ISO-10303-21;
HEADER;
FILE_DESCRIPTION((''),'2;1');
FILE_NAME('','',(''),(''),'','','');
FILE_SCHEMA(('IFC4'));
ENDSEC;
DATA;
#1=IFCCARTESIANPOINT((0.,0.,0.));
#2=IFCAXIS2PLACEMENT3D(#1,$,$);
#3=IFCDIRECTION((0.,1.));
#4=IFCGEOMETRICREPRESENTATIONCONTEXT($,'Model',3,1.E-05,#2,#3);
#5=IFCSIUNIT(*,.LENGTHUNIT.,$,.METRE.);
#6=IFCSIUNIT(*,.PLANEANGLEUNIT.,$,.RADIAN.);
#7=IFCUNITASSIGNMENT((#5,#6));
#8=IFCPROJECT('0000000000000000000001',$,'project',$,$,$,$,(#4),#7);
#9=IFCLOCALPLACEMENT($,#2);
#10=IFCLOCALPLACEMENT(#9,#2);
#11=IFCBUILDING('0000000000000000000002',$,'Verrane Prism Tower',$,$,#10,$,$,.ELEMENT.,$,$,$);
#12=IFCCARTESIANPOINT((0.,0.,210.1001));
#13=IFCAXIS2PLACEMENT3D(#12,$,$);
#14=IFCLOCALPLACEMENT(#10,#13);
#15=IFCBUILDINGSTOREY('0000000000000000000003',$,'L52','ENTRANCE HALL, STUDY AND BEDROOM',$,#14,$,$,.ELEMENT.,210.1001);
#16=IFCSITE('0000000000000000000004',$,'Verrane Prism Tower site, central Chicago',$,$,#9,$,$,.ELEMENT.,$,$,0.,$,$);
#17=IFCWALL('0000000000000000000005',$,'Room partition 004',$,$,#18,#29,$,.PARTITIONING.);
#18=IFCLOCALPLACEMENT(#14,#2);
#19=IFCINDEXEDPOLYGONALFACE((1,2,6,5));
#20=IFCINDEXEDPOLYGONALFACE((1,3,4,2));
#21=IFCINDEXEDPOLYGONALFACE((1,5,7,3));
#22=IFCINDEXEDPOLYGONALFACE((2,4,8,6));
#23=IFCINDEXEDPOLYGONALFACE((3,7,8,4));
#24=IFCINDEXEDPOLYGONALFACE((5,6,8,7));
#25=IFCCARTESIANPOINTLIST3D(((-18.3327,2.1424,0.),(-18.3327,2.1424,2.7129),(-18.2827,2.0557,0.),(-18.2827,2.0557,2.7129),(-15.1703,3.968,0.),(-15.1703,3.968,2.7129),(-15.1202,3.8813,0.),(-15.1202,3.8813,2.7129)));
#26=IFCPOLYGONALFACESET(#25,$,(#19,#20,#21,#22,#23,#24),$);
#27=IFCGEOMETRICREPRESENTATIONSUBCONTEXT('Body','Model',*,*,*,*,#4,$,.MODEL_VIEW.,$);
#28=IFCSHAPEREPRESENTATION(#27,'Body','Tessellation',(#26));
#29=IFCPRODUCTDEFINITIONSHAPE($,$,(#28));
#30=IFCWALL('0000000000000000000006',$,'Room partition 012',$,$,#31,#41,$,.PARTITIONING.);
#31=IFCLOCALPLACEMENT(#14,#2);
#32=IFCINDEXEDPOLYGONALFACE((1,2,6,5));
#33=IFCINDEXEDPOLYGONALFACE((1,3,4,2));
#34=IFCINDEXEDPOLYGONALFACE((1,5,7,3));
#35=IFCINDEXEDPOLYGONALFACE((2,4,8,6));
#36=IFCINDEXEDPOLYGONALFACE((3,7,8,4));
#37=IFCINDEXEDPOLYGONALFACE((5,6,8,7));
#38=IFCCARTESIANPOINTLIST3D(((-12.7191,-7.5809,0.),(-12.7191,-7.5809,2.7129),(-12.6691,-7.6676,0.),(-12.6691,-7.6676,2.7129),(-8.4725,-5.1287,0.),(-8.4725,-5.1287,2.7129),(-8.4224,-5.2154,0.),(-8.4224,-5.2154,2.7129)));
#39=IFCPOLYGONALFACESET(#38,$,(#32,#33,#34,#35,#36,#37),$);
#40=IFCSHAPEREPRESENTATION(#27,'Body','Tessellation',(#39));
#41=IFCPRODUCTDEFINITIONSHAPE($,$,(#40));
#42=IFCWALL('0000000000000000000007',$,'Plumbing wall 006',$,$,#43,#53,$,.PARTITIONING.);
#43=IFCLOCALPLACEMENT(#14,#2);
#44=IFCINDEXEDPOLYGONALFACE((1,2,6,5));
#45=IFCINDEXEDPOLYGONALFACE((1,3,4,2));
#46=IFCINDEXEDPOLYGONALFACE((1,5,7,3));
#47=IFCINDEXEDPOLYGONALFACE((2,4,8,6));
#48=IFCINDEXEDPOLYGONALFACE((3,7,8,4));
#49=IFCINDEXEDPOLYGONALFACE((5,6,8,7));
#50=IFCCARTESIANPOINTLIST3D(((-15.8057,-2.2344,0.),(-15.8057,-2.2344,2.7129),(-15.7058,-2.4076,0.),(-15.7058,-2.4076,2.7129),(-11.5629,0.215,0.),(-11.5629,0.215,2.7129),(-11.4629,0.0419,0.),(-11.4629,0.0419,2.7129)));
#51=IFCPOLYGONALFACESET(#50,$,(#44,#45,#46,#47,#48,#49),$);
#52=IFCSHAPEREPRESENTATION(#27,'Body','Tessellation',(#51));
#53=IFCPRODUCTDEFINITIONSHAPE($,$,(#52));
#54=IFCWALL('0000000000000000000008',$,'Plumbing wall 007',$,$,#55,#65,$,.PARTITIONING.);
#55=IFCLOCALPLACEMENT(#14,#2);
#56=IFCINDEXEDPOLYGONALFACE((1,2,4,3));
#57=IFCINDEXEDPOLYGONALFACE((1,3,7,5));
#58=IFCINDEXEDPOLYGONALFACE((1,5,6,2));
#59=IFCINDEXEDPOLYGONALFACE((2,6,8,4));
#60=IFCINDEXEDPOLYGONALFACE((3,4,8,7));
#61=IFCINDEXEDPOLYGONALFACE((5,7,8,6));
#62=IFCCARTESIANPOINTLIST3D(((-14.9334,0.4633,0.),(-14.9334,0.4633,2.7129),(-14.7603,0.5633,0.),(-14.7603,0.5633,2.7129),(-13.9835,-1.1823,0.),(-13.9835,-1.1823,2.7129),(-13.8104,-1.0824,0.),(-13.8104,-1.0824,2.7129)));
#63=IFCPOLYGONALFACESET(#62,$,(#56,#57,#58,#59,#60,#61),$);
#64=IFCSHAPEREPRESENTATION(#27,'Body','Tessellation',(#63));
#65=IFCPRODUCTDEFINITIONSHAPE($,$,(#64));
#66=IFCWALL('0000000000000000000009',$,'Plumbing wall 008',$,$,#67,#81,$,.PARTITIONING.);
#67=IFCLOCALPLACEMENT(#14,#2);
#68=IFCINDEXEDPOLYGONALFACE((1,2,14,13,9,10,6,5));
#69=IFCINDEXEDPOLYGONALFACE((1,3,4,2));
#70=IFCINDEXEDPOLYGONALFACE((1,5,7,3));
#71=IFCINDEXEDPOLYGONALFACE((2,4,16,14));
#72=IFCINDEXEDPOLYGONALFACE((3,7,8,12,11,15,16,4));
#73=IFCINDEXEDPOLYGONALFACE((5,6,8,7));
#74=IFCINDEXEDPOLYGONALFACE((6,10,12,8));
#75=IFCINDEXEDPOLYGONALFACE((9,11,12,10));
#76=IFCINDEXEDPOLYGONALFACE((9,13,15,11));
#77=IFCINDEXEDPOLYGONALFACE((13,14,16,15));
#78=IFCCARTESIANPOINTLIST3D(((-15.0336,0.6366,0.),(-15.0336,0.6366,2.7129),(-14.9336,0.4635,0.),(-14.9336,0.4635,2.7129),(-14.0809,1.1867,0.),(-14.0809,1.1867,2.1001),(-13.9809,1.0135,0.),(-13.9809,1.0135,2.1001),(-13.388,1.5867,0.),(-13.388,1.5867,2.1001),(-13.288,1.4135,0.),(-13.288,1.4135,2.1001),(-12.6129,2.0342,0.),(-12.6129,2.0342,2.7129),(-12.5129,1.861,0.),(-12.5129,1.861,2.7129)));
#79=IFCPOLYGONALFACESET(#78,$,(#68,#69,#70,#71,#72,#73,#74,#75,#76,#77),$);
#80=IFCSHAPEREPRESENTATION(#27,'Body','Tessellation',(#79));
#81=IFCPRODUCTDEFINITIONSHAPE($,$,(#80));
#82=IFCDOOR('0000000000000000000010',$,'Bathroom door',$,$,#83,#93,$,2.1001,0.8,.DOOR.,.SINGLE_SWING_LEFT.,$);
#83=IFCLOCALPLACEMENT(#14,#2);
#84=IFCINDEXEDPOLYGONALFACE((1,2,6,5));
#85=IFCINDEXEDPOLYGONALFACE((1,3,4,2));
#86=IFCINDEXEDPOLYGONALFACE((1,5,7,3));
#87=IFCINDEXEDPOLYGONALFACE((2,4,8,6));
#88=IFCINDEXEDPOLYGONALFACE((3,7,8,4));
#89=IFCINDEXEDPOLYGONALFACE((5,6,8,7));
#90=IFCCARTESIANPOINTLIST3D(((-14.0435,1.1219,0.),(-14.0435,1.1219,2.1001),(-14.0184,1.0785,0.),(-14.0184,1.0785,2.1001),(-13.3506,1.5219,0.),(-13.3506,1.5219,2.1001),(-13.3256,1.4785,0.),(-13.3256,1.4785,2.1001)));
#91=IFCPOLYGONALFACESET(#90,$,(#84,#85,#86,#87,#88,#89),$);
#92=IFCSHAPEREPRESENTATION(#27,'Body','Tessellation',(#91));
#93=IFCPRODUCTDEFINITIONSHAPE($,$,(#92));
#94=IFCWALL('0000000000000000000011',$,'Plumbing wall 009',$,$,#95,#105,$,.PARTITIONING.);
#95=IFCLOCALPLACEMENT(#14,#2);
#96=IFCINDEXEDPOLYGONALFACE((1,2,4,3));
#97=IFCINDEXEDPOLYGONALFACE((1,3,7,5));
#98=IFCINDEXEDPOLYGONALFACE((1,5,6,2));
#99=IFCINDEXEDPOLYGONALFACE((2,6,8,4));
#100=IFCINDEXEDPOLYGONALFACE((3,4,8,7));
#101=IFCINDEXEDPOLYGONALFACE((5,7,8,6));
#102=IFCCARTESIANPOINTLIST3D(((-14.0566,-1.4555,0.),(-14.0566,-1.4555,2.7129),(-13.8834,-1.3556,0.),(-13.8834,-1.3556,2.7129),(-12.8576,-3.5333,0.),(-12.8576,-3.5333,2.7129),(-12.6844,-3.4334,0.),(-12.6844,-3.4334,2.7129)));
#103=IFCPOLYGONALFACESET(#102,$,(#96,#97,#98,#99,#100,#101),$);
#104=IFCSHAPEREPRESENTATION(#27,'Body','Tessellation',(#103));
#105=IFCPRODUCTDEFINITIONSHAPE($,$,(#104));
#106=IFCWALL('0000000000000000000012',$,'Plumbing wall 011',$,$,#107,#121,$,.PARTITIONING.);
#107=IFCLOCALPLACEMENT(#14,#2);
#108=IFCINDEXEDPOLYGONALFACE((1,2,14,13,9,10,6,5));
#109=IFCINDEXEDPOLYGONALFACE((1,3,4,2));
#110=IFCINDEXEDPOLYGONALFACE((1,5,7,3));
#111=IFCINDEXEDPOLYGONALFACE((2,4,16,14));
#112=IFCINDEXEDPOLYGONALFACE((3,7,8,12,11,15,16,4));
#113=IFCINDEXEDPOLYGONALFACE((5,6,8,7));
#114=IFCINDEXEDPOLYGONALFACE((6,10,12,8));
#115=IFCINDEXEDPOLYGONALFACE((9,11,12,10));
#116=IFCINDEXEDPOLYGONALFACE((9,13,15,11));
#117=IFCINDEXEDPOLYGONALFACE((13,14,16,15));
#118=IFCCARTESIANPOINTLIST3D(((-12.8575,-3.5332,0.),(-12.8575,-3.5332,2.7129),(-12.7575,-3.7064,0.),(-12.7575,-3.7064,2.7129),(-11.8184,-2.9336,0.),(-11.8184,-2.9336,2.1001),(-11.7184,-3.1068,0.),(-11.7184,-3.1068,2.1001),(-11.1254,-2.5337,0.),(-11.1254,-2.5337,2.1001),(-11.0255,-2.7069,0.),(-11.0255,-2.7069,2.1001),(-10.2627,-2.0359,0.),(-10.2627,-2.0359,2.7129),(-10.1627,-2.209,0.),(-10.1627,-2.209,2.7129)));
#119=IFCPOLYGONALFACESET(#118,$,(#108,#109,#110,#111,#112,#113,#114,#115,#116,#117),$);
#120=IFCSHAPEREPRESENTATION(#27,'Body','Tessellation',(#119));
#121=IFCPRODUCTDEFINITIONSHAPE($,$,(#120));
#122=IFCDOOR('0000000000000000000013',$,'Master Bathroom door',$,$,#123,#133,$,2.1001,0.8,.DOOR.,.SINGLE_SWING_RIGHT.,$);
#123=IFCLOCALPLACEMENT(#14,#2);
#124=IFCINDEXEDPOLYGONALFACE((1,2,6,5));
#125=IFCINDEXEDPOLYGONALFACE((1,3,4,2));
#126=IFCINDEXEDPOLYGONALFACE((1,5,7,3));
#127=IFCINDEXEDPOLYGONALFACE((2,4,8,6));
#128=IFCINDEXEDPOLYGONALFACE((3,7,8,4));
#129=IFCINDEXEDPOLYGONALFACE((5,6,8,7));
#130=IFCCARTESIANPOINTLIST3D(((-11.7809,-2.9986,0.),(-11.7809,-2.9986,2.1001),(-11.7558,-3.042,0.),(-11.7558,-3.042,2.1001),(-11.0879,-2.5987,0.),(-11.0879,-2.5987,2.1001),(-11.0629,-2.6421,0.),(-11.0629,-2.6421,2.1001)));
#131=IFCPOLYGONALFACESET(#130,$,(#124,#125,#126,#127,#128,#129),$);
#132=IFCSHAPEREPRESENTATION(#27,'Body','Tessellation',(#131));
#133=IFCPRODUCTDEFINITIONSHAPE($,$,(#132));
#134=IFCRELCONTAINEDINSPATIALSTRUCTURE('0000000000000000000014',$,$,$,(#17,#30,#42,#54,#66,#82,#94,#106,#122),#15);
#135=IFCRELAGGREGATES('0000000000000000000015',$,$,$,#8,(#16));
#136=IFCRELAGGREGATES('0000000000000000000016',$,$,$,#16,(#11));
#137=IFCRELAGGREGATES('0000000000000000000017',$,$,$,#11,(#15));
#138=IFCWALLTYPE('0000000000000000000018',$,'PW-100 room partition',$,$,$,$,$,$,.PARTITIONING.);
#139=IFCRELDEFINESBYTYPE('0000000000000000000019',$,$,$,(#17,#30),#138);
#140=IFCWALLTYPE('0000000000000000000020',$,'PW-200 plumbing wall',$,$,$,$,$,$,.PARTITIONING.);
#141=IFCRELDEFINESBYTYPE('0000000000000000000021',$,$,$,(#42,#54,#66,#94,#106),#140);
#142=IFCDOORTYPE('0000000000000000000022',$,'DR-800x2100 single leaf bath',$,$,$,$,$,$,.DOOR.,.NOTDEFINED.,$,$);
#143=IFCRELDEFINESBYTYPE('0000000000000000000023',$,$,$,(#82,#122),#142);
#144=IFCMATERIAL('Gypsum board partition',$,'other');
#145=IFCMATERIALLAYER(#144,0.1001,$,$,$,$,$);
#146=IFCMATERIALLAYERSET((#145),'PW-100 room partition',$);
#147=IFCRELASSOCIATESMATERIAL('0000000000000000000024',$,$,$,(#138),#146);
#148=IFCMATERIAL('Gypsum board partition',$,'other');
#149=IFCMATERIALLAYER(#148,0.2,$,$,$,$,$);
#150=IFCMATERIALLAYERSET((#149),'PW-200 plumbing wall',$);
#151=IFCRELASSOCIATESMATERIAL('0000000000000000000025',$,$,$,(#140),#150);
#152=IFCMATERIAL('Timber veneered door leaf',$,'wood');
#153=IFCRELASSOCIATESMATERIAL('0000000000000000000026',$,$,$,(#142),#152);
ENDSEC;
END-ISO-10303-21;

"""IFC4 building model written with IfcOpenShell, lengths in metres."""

from ifc_helpers import new_model, si_unit, direction, frame, frame_2d, origin, place, context, subcontext, project, spatial, rectangle, extrude, material, layer, layer_set, type_object, element, fill, save


model = new_model("IFC4")

# Units and contexts
model_context = context("Model", 3, precision=1e-05, world=origin(), true_north=direction((0.0, 1.0)))
body_context = subcontext(model_context, "Body", "Model", "MODEL_VIEW")
ifc_project = project(units=[si_unit("LENGTHUNIT", "METRE"), si_unit("PLANEANGLEUNIT", "RADIAN")], contexts=[model_context])

# Site, building, storey
site_placement = place(None, origin())
site = spatial("IfcSite", under=ifc_project, at=site_placement, Name="Verrane Prism Tower site, central Chicago", CompositionType="ELEMENT", RefElevation=0.0)
building_placement = place(site_placement, origin())
building = spatial("IfcBuilding", under=site, at=building_placement, Name="Verrane Prism Tower", CompositionType="ELEMENT")
storey_placement = place(building_placement, frame((0.0, 0.0, 210.1001)))
storey = spatial("IfcBuildingStorey", under=building, at=storey_placement, Name="L52", Description="ENTRANCE HALL, STUDY AND BEDROOM", CompositionType="ELEMENT", Elevation=210.1001)

# Walls
ifc_material_1 = material(Name="Gypsum board partition", Category="other")
ifc_layer_1 = layer(ifc_material_1, 0.1001)
ifc_layer_set_1 = layer_set([ifc_layer_1], Name="PW-100 room partition")
wall_type_1 = type_object("IfcWallType", Name="PW-100 room partition", PredefinedType="PARTITIONING", material=ifc_layer_set_1)
wall_1_placement = place(storey_placement, frame((-18.3076, 2.0991, 0.0), z_axis=(0.0, 0.0, 1.0), x_axis=(0.866054, 0.49995, 0.0)))
element("IfcWall", 1, at=wall_1_placement, inside=storey, type_object=wall_type_1, Name="Room partition 004", PredefinedType="PARTITIONING", context=body_context, shape_type="SweptSolid", body=[
    extrude(rectangle(XDim=3.6516, YDim=0.1001, at=frame_2d((1.8257, 0.0))), origin(), (0.0, 0.0, 1.0), 2.7129),
])
wall_2_placement = place(storey_placement, frame((-12.6941, -7.6243, 0.0), z_axis=(0.0, 0.0, 1.0), x_axis=(0.865992, 0.500059, 0.0)))
element("IfcWall", 2, at=wall_2_placement, inside=storey, type_object=wall_type_1, Name="Room partition 012", PredefinedType="PARTITIONING", context=body_context, shape_type="SweptSolid", body=[
    extrude(rectangle(XDim=4.9038, YDim=0.1001, at=frame_2d((2.4519, 0.0))), origin(), (0.0, 0.0, 1.0), 2.7129),
])
ifc_material_2 = material(Name="Gypsum board partition", Category="other")
ifc_layer_2 = layer(ifc_material_2, 0.2)
ifc_layer_set_2 = layer_set([ifc_layer_2], Name="PW-200 plumbing wall")
wall_type_2 = type_object("IfcWallType", Name="PW-200 plumbing wall", PredefinedType="PARTITIONING", material=ifc_layer_set_2)
wall_3_placement = place(storey_placement, frame((-15.7559, -2.321, 0.0), z_axis=(0.0, 0.0, 1.0), x_axis=(0.866042, 0.499971, 0.0)))
element("IfcWall", 3, at=wall_3_placement, inside=storey, type_object=wall_type_2, Name="Plumbing wall 006", PredefinedType="PARTITIONING", context=body_context, shape_type="SweptSolid", body=[
    extrude(rectangle(XDim=4.8992, YDim=0.2, at=frame_2d((2.4497, 0.0))), origin(), (0.0, 0.0, 1.0), 2.7129),
])
wall_4_placement = place(storey_placement, frame((-14.8469, 0.5134, 0.0), z_axis=(0.0, 0.0, 1.0), x_axis=(0.499912, -0.866076, 0.0)))
element("IfcWall", 4, at=wall_4_placement, inside=storey, type_object=wall_type_2, Name="Plumbing wall 007", PredefinedType="PARTITIONING", context=body_context, shape_type="SweptSolid", body=[
    extrude(rectangle(XDim=1.9001, YDim=0.2, at=frame_2d((0.9502, 0.0))), origin(), (0.0, 0.0, 1.0), 2.7129),
])

# Wall, opening, door
wall_5_placement = place(storey_placement, frame((-12.563, 1.9475, 0.0), z_axis=(0.0, 0.0, 1.0), x_axis=(-0.866042, -0.499972, 0.0)))
wall_5 = element("IfcWall", 5, at=wall_5_placement, inside=storey, type_object=wall_type_2, Name="Plumbing wall 008", PredefinedType="PARTITIONING", context=body_context, shape_type="SweptSolid", body=[
    extrude(rectangle(XDim=2.7952, YDim=0.2, at=frame_2d((1.3975, 0.0))), origin(), (0.0, 0.0, 1.0), 2.7129),
])
opening_1_placement = place(wall_5_placement, frame((0.895, 0.0, 0.0)))
opening_1 = element("IfcOpeningElement", 6, at=opening_1_placement, cuts=wall_5, PredefinedType="OPENING", context=body_context, shape_type="SweptSolid", body=[
    extrude(rectangle(XDim=0.8, YDim=2.1001, at=frame_2d((0.3999, 1.05))), frame((0.0, 0.1099, 0.0), z_axis=(0.0, -1.0, 0.0), x_axis=(1.0, 0.0, 0.0)), (0.0, 0.0, 1.0), 0.22),
])
ifc_material_3 = material(Name="Timber veneered door leaf", Category="wood")
door_type = type_object("IfcDoorType", Name="DR-800x2100 single leaf bath", OperationType="NOTDEFINED", PredefinedType="DOOR", material=ifc_material_3)
door_1_placement = place(opening_1_placement, origin())
door_1 = element("IfcDoor", 7, at=door_1_placement, inside=storey, type_object=door_type, Name="Bathroom door", OperationType="SINGLE_SWING_LEFT", OverallHeight=2.1001, OverallWidth=0.8, PredefinedType="DOOR", context=body_context, shape_type="SweptSolid", body=[
    extrude(rectangle(XDim=0.8, YDim=2.1001, at=frame_2d((0.3999, 1.05))), frame((0.0, 0.0249, 0.0), z_axis=(0.0, -1.0, 0.0), x_axis=(1.0, 0.0, 0.0)), (0.0, 0.0, 1.0), 0.05),
])
fill(opening_1, door_1)

# Wall
wall_6_placement = place(storey_placement, frame((-13.97, -1.4055, 0.0), z_axis=(0.0, 0.0, 1.0), x_axis=(0.499784, -0.86615, 0.0)))
element("IfcWall", 8, at=wall_6_placement, inside=storey, type_object=wall_type_2, Name="Plumbing wall 009", PredefinedType="PARTITIONING", context=body_context, shape_type="SweptSolid", body=[
    extrude(rectangle(XDim=2.3989, YDim=0.2, at=frame_2d((1.1995, 0.0))), origin(), (0.0, 0.0, 1.0), 2.7129),
])

# Wall, opening, door
wall_7_placement = place(storey_placement, frame((-12.8076, -3.6199, 0.0), z_axis=(0.0, 0.0, 1.0), x_axis=(0.866134, 0.499812, 0.0)))
wall_7 = element("IfcWall", 9, at=wall_7_placement, inside=storey, type_object=wall_type_2, Name="Plumbing wall 011", PredefinedType="PARTITIONING", context=body_context, shape_type="SweptSolid", body=[
    extrude(rectangle(XDim=2.9958, YDim=0.2, at=frame_2d((1.498, 0.0))), origin(), (0.0, 0.0, 1.0), 2.7129),
])
opening_2_placement = place(wall_7_placement, frame((1.2, 0.0, 0.0)))
opening_2 = element("IfcOpeningElement", 10, at=opening_2_placement, cuts=wall_7, PredefinedType="OPENING", context=body_context, shape_type="SweptSolid", body=[
    extrude(rectangle(XDim=0.8, YDim=2.1001, at=frame_2d((0.3999, 1.05))), frame((0.0, 0.1099, 0.0), z_axis=(0.0, -1.0, 0.0), x_axis=(1.0, 0.0, 0.0)), (0.0, 0.0, 1.0), 0.22),
])
door_2_placement = place(opening_2_placement, origin())
door_2 = element("IfcDoor", 11, at=door_2_placement, inside=storey, type_object=door_type, Name="Master Bathroom door", OperationType="SINGLE_SWING_RIGHT", OverallHeight=2.1001, OverallWidth=0.8, PredefinedType="DOOR", context=body_context, shape_type="SweptSolid", body=[
    extrude(rectangle(XDim=0.8, YDim=2.1001, at=frame_2d((0.3999, 1.05))), frame((0.0, 0.0249, 0.0), z_axis=(0.0, -1.0, 0.0), x_axis=(1.0, 0.0, 0.0)), (0.0, 0.0, 1.0), 0.05),
])
fill(opening_2, door_2)

save(model, "model.ifc")
